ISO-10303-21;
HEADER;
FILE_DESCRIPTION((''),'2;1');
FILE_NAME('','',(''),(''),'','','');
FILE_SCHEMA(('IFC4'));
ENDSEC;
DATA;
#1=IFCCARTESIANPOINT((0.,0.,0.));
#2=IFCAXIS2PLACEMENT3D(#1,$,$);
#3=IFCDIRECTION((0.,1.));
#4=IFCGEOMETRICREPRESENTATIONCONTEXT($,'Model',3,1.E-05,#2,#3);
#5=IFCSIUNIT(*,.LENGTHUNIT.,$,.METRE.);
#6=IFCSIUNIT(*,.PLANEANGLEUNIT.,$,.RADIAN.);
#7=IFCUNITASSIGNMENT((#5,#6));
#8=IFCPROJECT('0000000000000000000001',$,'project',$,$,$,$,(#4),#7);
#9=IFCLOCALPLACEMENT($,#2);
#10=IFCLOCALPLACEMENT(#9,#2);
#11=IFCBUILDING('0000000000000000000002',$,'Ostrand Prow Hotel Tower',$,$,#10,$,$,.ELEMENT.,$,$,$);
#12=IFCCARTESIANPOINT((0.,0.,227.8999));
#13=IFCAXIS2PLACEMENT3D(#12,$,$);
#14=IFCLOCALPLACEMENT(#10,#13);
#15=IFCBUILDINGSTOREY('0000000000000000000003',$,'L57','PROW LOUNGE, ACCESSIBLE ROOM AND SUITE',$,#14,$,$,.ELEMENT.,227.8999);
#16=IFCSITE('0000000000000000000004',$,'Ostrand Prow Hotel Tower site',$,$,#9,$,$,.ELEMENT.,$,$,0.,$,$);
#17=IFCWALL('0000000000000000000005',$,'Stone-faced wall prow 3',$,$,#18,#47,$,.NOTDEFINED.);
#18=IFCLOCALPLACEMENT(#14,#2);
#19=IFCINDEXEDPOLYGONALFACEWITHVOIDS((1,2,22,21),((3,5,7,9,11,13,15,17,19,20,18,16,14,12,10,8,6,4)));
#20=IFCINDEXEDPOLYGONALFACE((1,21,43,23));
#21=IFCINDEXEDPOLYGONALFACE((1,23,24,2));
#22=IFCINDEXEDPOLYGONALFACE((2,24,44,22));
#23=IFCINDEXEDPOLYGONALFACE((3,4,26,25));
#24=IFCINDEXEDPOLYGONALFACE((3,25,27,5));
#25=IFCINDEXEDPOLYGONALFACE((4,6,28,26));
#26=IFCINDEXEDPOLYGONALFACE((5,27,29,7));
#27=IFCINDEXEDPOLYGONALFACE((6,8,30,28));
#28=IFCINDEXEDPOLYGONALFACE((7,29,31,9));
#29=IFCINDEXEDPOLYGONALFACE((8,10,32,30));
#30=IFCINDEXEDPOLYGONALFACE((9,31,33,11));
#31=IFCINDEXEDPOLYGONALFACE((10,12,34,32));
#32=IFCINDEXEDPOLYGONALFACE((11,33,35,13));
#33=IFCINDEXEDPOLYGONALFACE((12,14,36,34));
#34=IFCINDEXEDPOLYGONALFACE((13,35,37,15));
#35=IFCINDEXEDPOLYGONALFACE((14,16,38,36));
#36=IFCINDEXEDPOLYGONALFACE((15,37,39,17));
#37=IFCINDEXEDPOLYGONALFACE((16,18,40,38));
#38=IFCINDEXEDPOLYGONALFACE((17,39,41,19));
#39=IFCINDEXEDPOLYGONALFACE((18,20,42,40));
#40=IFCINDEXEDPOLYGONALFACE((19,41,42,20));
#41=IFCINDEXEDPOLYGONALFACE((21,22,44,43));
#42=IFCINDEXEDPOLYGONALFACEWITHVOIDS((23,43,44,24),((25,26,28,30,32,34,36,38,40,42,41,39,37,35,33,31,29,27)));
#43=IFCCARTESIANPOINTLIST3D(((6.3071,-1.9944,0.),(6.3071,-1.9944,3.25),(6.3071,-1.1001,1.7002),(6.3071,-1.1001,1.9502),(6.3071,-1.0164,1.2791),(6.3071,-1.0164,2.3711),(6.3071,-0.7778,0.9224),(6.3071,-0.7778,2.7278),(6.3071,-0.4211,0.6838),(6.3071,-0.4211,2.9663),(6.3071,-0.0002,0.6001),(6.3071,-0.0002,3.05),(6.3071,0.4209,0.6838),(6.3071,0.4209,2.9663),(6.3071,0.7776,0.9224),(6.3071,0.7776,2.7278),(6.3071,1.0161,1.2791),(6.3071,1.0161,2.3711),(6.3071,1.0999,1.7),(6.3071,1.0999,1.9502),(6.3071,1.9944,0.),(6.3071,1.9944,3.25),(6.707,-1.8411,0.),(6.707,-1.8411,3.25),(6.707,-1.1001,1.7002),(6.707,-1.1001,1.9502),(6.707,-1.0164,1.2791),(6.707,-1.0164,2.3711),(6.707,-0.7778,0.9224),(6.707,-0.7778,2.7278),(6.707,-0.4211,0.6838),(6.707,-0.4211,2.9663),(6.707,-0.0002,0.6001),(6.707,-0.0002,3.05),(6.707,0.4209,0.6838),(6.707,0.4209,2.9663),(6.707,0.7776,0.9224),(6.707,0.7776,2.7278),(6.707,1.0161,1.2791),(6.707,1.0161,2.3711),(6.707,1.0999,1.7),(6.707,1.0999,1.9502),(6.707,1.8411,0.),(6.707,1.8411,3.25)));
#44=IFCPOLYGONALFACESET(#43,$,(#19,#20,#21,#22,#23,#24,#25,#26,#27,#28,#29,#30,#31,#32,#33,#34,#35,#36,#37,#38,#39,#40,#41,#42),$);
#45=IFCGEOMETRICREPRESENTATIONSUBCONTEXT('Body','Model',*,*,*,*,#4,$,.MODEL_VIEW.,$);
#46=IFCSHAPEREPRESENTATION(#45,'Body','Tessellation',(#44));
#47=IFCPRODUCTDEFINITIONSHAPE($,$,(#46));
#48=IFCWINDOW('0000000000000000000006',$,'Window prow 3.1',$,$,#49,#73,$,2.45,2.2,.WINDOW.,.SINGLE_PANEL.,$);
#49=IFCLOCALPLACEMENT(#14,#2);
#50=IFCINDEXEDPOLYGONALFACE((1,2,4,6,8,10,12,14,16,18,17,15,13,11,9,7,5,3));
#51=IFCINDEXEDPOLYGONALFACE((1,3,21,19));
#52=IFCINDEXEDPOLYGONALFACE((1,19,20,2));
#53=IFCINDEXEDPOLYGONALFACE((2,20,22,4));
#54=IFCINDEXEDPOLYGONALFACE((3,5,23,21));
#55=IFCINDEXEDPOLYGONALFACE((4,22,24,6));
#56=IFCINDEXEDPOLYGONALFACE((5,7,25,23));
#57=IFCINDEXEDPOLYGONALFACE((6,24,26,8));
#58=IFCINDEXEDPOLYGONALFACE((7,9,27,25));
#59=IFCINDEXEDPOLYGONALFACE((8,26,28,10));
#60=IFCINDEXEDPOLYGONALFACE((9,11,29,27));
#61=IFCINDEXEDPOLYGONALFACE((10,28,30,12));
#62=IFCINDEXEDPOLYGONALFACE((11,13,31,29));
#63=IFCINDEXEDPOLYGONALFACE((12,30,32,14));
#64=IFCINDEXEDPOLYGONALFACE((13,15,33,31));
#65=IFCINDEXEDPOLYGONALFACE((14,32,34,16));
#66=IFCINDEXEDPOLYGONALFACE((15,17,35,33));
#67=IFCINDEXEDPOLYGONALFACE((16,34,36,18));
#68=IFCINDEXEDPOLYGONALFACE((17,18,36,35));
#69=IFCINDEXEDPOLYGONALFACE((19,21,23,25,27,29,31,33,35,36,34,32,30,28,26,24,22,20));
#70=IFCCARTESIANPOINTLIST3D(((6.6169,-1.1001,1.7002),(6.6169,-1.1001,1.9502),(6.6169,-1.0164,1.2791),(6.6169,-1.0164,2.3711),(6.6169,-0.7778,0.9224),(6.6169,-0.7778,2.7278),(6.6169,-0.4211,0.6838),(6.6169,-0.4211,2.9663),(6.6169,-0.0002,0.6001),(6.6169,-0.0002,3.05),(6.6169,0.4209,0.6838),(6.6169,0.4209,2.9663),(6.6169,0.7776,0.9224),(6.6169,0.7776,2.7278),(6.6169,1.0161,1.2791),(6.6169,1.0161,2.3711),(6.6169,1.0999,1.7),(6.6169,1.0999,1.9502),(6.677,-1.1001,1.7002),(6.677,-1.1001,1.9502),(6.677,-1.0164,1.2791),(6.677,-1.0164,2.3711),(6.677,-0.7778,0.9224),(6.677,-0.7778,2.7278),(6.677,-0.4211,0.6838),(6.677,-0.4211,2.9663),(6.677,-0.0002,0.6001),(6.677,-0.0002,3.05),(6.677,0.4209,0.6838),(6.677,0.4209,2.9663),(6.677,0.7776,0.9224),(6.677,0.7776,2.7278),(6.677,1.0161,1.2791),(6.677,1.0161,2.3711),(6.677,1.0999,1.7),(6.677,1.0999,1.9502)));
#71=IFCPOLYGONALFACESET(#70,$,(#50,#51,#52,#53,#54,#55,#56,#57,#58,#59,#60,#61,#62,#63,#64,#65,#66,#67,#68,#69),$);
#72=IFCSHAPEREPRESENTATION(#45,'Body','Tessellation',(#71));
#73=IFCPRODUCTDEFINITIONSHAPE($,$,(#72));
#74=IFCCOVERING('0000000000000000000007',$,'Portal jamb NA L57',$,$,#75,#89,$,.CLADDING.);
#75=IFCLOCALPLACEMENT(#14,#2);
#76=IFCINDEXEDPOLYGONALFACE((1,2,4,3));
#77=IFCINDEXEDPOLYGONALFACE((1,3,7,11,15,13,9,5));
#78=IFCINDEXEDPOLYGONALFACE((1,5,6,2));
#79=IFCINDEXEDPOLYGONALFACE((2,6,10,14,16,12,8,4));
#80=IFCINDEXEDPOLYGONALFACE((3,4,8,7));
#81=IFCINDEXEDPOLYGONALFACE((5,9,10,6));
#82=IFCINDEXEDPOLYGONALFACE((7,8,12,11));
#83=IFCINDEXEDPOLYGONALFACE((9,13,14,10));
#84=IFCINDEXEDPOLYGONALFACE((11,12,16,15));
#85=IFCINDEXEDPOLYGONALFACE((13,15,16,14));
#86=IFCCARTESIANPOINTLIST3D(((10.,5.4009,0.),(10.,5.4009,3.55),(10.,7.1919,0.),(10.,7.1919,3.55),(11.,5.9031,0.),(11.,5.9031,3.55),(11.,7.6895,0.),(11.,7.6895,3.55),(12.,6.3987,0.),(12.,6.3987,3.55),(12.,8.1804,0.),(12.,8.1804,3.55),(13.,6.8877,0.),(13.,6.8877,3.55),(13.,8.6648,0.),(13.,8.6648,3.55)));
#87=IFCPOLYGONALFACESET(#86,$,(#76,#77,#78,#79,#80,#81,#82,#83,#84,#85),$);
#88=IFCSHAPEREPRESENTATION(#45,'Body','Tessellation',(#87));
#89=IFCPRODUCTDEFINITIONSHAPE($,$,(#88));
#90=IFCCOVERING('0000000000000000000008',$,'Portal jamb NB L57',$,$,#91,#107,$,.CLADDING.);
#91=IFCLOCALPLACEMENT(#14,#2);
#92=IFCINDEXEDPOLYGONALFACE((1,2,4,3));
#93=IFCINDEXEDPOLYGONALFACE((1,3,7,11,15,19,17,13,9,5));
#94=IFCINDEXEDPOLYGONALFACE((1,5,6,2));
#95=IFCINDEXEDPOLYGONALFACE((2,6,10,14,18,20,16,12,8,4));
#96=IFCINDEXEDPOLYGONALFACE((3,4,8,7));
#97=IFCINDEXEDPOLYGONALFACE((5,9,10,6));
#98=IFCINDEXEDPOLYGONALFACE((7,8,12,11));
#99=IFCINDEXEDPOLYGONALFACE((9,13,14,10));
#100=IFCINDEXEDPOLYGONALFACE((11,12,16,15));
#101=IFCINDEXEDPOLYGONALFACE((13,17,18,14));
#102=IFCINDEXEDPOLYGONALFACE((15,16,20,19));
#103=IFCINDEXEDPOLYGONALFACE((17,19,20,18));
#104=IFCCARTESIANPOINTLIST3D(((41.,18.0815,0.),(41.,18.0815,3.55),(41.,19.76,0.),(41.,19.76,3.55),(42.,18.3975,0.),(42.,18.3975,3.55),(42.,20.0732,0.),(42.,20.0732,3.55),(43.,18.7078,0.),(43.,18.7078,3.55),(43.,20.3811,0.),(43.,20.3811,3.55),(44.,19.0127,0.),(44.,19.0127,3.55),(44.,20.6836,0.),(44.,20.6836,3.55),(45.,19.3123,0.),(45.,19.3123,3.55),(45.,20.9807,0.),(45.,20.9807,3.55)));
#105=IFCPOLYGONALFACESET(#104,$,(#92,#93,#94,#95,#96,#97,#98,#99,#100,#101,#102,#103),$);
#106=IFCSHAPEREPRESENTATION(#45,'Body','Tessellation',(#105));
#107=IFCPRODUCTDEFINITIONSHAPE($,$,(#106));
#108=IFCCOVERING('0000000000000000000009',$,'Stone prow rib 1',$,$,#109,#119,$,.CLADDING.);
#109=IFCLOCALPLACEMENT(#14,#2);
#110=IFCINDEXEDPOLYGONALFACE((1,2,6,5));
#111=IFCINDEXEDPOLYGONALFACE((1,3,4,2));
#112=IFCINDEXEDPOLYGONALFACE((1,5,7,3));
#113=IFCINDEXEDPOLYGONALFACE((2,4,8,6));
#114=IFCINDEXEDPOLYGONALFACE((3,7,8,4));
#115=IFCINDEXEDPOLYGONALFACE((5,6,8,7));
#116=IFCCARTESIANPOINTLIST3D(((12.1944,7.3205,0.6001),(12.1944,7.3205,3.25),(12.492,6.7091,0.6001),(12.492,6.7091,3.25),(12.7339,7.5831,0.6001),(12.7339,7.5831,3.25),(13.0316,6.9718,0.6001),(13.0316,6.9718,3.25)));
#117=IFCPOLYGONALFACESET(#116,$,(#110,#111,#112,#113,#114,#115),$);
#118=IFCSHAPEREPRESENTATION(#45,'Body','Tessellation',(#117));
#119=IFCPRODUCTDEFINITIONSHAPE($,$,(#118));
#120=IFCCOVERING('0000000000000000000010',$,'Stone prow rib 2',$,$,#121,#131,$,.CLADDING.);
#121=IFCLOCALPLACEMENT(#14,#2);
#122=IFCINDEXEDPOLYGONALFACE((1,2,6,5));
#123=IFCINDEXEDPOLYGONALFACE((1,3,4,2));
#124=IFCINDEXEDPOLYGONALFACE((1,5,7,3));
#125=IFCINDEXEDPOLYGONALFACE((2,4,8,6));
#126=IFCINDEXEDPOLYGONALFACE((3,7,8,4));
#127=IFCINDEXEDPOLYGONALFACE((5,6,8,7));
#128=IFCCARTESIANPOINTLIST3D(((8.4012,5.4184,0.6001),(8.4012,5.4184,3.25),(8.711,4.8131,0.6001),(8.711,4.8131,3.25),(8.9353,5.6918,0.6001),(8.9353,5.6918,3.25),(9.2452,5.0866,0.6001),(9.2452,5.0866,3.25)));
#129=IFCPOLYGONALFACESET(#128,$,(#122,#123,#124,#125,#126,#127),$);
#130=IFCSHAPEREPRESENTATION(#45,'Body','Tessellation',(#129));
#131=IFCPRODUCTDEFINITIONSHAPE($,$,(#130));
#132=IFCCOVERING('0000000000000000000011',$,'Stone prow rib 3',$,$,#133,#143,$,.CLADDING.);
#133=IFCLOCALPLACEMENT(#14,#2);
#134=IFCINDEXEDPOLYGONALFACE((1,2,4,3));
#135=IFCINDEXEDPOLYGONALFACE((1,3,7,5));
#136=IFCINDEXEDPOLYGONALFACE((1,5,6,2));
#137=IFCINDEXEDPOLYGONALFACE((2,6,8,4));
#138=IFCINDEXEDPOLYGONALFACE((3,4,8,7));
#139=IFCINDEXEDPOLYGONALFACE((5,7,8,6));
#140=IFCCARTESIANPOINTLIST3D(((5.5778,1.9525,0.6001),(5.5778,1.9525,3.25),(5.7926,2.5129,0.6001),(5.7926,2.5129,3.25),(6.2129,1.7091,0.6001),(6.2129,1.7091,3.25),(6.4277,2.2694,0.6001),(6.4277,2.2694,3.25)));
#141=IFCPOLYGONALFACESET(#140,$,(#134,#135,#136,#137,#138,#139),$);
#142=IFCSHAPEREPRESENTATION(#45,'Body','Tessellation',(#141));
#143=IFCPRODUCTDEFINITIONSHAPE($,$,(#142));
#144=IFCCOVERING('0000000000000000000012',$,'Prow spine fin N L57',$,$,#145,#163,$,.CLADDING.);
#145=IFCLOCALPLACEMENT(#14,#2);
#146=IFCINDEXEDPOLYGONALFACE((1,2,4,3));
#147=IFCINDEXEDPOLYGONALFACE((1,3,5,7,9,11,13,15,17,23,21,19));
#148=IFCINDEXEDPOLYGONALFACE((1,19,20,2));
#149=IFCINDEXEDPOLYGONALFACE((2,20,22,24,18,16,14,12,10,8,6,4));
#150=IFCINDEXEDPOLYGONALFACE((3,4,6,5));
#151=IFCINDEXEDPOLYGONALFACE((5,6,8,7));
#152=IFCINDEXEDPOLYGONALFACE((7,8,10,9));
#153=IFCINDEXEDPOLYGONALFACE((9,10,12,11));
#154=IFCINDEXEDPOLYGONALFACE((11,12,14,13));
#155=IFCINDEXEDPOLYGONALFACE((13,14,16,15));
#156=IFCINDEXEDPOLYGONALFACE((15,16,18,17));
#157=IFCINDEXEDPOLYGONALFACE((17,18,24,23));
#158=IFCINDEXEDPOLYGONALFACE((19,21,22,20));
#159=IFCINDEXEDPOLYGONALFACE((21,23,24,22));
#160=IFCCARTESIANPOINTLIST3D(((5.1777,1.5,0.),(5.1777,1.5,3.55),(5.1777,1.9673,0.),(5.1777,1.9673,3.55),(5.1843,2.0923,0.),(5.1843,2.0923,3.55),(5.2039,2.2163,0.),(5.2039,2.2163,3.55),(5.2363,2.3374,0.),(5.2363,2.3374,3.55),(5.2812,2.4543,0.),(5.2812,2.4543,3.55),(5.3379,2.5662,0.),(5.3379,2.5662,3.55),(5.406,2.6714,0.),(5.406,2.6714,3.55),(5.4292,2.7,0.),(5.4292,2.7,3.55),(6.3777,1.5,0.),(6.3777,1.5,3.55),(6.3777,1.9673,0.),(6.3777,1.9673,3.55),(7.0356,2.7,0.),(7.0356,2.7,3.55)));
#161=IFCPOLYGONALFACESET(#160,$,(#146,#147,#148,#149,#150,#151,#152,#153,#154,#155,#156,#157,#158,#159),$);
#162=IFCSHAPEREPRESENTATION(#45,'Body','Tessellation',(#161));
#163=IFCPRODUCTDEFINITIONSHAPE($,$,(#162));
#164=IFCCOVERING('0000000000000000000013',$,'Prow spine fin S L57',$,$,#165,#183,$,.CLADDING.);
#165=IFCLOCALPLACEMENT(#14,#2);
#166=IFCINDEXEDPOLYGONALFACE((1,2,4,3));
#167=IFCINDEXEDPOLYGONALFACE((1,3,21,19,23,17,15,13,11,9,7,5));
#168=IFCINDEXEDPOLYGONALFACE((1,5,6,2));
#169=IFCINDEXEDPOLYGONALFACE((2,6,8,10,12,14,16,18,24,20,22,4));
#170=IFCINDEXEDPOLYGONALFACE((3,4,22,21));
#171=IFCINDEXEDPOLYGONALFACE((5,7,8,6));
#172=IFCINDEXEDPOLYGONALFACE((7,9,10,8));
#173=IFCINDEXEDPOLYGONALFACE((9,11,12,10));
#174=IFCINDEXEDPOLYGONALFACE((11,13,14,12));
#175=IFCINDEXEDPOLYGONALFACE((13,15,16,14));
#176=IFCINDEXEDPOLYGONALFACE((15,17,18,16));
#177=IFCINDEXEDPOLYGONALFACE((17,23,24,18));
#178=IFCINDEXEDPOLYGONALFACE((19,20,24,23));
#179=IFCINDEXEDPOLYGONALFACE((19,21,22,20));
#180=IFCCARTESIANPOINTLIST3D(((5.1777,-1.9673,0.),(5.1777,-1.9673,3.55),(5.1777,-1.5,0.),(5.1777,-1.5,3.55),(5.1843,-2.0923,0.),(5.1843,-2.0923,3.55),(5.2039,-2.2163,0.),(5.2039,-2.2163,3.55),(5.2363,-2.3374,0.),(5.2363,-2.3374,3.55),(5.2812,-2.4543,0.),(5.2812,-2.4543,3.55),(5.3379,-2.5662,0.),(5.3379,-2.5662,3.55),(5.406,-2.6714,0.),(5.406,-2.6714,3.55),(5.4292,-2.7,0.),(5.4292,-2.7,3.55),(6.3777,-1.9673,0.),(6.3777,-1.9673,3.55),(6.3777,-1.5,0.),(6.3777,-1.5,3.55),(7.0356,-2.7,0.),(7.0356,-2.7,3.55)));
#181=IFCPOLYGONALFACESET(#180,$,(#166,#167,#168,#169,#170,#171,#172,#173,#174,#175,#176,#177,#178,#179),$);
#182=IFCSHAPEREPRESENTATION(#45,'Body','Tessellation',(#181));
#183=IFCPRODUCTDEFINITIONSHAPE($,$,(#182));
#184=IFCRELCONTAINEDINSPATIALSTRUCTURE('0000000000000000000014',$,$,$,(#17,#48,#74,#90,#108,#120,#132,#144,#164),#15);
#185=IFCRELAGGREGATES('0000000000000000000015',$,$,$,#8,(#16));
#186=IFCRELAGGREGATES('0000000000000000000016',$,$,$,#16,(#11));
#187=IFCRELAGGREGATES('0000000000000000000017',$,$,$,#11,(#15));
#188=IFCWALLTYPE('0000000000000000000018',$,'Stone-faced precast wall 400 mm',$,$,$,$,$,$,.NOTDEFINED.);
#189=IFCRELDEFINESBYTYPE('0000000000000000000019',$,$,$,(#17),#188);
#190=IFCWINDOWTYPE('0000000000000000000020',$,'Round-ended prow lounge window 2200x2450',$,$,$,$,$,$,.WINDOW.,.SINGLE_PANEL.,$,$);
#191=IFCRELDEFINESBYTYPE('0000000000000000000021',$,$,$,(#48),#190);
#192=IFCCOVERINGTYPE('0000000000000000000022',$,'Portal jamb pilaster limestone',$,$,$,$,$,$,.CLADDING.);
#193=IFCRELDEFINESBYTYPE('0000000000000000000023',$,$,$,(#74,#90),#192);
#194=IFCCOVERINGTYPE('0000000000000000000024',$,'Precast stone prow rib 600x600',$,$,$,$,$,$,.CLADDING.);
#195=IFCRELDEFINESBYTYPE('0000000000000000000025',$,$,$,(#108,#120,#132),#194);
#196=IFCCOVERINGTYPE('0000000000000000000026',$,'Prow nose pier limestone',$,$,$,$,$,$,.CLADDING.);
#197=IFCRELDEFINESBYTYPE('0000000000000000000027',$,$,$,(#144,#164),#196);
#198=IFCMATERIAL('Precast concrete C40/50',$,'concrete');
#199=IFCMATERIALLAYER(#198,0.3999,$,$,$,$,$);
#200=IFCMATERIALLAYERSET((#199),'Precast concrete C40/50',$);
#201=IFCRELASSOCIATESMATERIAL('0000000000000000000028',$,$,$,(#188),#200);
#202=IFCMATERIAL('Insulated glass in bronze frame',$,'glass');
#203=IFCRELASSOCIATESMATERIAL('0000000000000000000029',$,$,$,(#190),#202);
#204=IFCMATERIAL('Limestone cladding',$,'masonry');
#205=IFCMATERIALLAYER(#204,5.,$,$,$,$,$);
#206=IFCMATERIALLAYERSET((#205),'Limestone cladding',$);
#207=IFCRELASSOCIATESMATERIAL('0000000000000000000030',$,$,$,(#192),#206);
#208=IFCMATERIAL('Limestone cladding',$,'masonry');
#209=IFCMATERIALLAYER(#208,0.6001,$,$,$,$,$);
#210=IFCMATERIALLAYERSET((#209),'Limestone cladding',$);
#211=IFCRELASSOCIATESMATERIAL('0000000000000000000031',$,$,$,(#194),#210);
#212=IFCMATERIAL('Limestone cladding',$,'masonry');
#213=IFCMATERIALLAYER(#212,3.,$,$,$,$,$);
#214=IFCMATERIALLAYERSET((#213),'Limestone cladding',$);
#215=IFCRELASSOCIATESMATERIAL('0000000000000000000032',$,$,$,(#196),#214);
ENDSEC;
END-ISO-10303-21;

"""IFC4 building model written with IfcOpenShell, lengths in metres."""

from ifc_helpers import new_model, si_unit, direction, frame, frame_2d, origin, place, context, subcontext, project, spatial, polyline, rectangle, outline, extrude, material, layer, layer_set, type_object, element, fill, save


model = new_model("IFC4")

# Units and contexts
model_context = context("Model", 3, precision=1e-05, world=origin(), true_north=direction((0.0, 1.0)))
body_context = subcontext(model_context, "Body", "Model", "MODEL_VIEW")
ifc_project = project(units=[si_unit("LENGTHUNIT", "METRE"), si_unit("PLANEANGLEUNIT", "RADIAN")], contexts=[model_context])

# Site, building, storey
site_placement = place(None, origin())
site = spatial("IfcSite", under=ifc_project, at=site_placement, Name="Ostrand Prow Hotel Tower site", CompositionType="ELEMENT", RefElevation=0.0)
building_placement = place(site_placement, origin())
building = spatial("IfcBuilding", under=site, at=building_placement, Name="Ostrand Prow Hotel Tower", CompositionType="ELEMENT")
storey_placement = place(building_placement, frame((0.0, 0.0, 227.8999)))
storey = spatial("IfcBuildingStorey", under=building, at=storey_placement, Name="L57", Description="PROW LOUNGE, ACCESSIBLE ROOM AND SUITE", CompositionType="ELEMENT", Elevation=227.8999)

# Wall, opening, window
ifc_material_1 = material(Name="Precast concrete C40/50", Category="concrete")
ifc_layer_1 = layer(ifc_material_1, 0.3999)
ifc_layer_set_1 = layer_set([ifc_layer_1], Name="Precast concrete C40/50")
wall_type_1 = type_object("IfcWallType", Name="Stone-faced precast wall 400 mm", PredefinedType="NOTDEFINED", material=ifc_layer_set_1)
ifc_material_2 = material(Name="Insulated glass in bronze frame", Category="glass")
window_type = type_object("IfcWindowType", Name="Round-ended prow lounge window 2200x2450", PartitioningType="SINGLE_PANEL", PredefinedType="WINDOW", material=ifc_material_2)
wall_1_placement = place(storey_placement, frame((6.5071, 1.9177, 0.0), z_axis=(0.0, 0.0, 1.0), x_axis=(0.0, -1.0, 0.0)))
wall_1 = element("IfcWall", 1, at=wall_1_placement, inside=storey, type_object=wall_type_1, Name="Stone-faced wall prow 3", PredefinedType="NOTDEFINED", context=body_context, shape_type="SweptSolid", body=[
    extrude(outline(polyline([(-0.0767, -0.2), (3.9121, -0.2), (3.7588, 0.2), (0.0767, 0.2), (-0.0767, -0.2)])), origin(), (0.0, 0.0, 1.0), 3.25),
])
opening_1_placement = place(wall_1_placement, frame((0.8179, 0.0, 0.6001)))
opening_1 = element("IfcOpeningElement", 2, at=opening_1_placement, cuts=wall_1, PredefinedType="OPENING", context=body_context, shape_type="SweptSolid", body=[
    extrude(outline(polyline([(0.0, 1.3501), (0.0837, 1.771), (0.3223, 2.1277), (0.679, 2.3662), (1.1001, 2.45), (1.521, 2.3662), (1.8777, 2.1277), (2.1162, 1.771), (2.2, 1.3501), (2.2, 1.1001), (2.1162, 0.679), (1.8777, 0.3223), (1.521, 0.0837), (1.1001, 0.0), (0.679, 0.0837), (0.3223, 0.3223), (0.0837, 0.679), (0.0, 1.0999), (0.0, 1.3501)])), frame((0.0, 0.21, 0.0), z_axis=(0.0, -1.0, 0.0), x_axis=(1.0, 0.0, 0.0)), (0.0, 0.0, 1.0), 0.4199),
])
window_1_placement = place(opening_1_placement, origin())
window_1 = element("IfcWindow", 3, at=window_1_placement, inside=storey, type_object=window_type, Name="Window prow 3.1", OverallHeight=2.45, OverallWidth=2.2, PartitioningType="SINGLE_PANEL", PredefinedType="WINDOW", context=body_context, shape_type="SweptSolid", body=[
    extrude(outline(polyline([(0.0, 1.3501), (0.0837, 1.771), (0.3223, 2.1277), (0.679, 2.3662), (1.1001, 2.45), (1.521, 2.3662), (1.8777, 2.1277), (2.1162, 1.771), (2.2, 1.3501), (2.2, 1.1001), (2.1162, 0.679), (1.8777, 0.3223), (1.521, 0.0837), (1.1001, 0.0), (0.679, 0.0837), (0.3223, 0.3223), (0.0837, 0.679), (0.0, 1.0999), (0.0, 1.3501)])), frame((0.0, 0.1699, 0.0), z_axis=(0.0, -1.0, 0.0), x_axis=(1.0, 0.0, 0.0)), (0.0, 0.0, 1.0), 0.0601),
])
fill(opening_1, window_1)

# Coverings
ifc_material_3 = material(Name="Limestone cladding", Category="masonry")
ifc_layer_2 = layer(ifc_material_3, 5.0)
ifc_layer_set_2 = layer_set([ifc_layer_2], Name="Limestone cladding")
covering_type_1 = type_object("IfcCoveringType", Name="Portal jamb pilaster limestone", PredefinedType="CLADDING", material=ifc_layer_set_2)
covering_1_placement = place(storey_placement, origin())
element("IfcCovering", 4, at=covering_1_placement, inside=storey, type_object=covering_type_1, Name="Portal jamb NA L57", PredefinedType="CLADDING", context=body_context, shape_type="SweptSolid", body=[
    extrude(outline(polyline([(10.0, 5.4009), (11.0, 5.9031), (12.0, 6.3987), (13.0, 6.8877), (13.0, 8.6648), (12.0, 8.1804), (11.0, 7.6895), (10.0, 7.1919), (10.0, 5.4009)])), origin(), (0.0, 0.0, 1.0), 3.55),
])
covering_2_placement = place(storey_placement, origin())
element("IfcCovering", 5, at=covering_2_placement, inside=storey, type_object=covering_type_1, Name="Portal jamb NB L57", PredefinedType="CLADDING", context=body_context, shape_type="SweptSolid", body=[
    extrude(outline(polyline([(41.0, 18.0815), (42.0, 18.3975), (43.0, 18.7078), (44.0, 19.0127), (45.0, 19.3123), (45.0, 20.9807), (44.0, 20.6836), (43.0, 20.3811), (42.0, 20.0732), (41.0, 19.76), (41.0, 18.0815)])), origin(), (0.0, 0.0, 1.0), 3.55),
])
ifc_material_4 = material(Name="Limestone cladding", Category="masonry")
ifc_layer_3 = layer(ifc_material_4, 0.6001)
ifc_layer_set_3 = layer_set([ifc_layer_3], Name="Limestone cladding")
covering_type_2 = type_object("IfcCoveringType", Name="Precast stone prow rib 600x600", PredefinedType="CLADDING", material=ifc_layer_set_3)
for number, where, z_axis, x_axis, name in (
    (6, (12.7617, 6.8406, 0.6001), (0.0, 0.0, 1.0), (-0.437709, 0.899117, 0.0), "Stone prow rib 1"),
    (7, (8.978, 4.95, 0.6001), (0.0, 0.0, 1.0), (-0.455668, 0.89015, 0.0), "Stone prow rib 2"),
):
    element("IfcCovering", number, at=place(storey_placement, frame(where, z_axis=z_axis, x_axis=x_axis)), inside=storey, type_object=covering_type_2, Name=name, PredefinedType="CLADDING", context=body_context, shape_type="SweptSolid", body=[
        extrude(rectangle(XDim=0.6799, YDim=0.6001, at=frame_2d((0.3398, 0.0))), origin(), (0.0, 0.0, 1.0), 2.6499),
    ])
covering_3_placement = place(storey_placement, frame((6.3203, 1.9893, 0.6001), z_axis=(0.0, 0.0, 1.0), x_axis=(-0.933752, 0.35792, 0.0)))
element("IfcCovering", 8, at=covering_3_placement, inside=storey, type_object=covering_type_2, Name="Stone prow rib 3", PredefinedType="CLADDING", context=body_context, shape_type="SweptSolid", body=[
    extrude(rectangle(XDim=0.6802, YDim=0.6001, at=frame_2d((0.3401, 0.0))), origin(), (0.0, 0.0, 1.0), 2.6499),
])
ifc_material_5 = material(Name="Limestone cladding", Category="masonry")
ifc_layer_4 = layer(ifc_material_5, 3.0)
ifc_layer_set_4 = layer_set([ifc_layer_4], Name="Limestone cladding")
covering_type_3 = type_object("IfcCoveringType", Name="Prow nose pier limestone", PredefinedType="CLADDING", material=ifc_layer_set_4)
covering_4_placement = place(storey_placement, origin())
element("IfcCovering", 9, at=covering_4_placement, inside=storey, type_object=covering_type_3, Name="Prow spine fin N L57", PredefinedType="CLADDING", context=body_context, shape_type="SweptSolid", body=[
    extrude(outline(polyline([(5.1777, 1.9673), (5.1777, 1.5), (6.3777, 1.5), (6.3777, 1.9673), (7.0356, 2.7), (5.4292, 2.7), (5.406, 2.6714), (5.3379, 2.5662), (5.2812, 2.4543), (5.2363, 2.3374), (5.2039, 2.2163), (5.1843, 2.0923), (5.1777, 1.9673)])), origin(), (0.0, 0.0, 1.0), 3.55),
])
covering_5_placement = place(storey_placement, origin())
element("IfcCovering", 10, at=covering_5_placement, inside=storey, type_object=covering_type_3, Name="Prow spine fin S L57", PredefinedType="CLADDING", context=body_context, shape_type="SweptSolid", body=[
    extrude(outline(polyline([(5.406, -2.6714), (5.4292, -2.7), (7.0356, -2.7), (6.3777, -1.9673), (6.3777, -1.5), (5.1777, -1.5), (5.1777, -1.9673), (5.1843, -2.0923), (5.2039, -2.2163), (5.2363, -2.3374), (5.2812, -2.4543), (5.3379, -2.5662), (5.406, -2.6714)])), origin(), (0.0, 0.0, 1.0), 3.55),
])

save(model, "model.ifc")
